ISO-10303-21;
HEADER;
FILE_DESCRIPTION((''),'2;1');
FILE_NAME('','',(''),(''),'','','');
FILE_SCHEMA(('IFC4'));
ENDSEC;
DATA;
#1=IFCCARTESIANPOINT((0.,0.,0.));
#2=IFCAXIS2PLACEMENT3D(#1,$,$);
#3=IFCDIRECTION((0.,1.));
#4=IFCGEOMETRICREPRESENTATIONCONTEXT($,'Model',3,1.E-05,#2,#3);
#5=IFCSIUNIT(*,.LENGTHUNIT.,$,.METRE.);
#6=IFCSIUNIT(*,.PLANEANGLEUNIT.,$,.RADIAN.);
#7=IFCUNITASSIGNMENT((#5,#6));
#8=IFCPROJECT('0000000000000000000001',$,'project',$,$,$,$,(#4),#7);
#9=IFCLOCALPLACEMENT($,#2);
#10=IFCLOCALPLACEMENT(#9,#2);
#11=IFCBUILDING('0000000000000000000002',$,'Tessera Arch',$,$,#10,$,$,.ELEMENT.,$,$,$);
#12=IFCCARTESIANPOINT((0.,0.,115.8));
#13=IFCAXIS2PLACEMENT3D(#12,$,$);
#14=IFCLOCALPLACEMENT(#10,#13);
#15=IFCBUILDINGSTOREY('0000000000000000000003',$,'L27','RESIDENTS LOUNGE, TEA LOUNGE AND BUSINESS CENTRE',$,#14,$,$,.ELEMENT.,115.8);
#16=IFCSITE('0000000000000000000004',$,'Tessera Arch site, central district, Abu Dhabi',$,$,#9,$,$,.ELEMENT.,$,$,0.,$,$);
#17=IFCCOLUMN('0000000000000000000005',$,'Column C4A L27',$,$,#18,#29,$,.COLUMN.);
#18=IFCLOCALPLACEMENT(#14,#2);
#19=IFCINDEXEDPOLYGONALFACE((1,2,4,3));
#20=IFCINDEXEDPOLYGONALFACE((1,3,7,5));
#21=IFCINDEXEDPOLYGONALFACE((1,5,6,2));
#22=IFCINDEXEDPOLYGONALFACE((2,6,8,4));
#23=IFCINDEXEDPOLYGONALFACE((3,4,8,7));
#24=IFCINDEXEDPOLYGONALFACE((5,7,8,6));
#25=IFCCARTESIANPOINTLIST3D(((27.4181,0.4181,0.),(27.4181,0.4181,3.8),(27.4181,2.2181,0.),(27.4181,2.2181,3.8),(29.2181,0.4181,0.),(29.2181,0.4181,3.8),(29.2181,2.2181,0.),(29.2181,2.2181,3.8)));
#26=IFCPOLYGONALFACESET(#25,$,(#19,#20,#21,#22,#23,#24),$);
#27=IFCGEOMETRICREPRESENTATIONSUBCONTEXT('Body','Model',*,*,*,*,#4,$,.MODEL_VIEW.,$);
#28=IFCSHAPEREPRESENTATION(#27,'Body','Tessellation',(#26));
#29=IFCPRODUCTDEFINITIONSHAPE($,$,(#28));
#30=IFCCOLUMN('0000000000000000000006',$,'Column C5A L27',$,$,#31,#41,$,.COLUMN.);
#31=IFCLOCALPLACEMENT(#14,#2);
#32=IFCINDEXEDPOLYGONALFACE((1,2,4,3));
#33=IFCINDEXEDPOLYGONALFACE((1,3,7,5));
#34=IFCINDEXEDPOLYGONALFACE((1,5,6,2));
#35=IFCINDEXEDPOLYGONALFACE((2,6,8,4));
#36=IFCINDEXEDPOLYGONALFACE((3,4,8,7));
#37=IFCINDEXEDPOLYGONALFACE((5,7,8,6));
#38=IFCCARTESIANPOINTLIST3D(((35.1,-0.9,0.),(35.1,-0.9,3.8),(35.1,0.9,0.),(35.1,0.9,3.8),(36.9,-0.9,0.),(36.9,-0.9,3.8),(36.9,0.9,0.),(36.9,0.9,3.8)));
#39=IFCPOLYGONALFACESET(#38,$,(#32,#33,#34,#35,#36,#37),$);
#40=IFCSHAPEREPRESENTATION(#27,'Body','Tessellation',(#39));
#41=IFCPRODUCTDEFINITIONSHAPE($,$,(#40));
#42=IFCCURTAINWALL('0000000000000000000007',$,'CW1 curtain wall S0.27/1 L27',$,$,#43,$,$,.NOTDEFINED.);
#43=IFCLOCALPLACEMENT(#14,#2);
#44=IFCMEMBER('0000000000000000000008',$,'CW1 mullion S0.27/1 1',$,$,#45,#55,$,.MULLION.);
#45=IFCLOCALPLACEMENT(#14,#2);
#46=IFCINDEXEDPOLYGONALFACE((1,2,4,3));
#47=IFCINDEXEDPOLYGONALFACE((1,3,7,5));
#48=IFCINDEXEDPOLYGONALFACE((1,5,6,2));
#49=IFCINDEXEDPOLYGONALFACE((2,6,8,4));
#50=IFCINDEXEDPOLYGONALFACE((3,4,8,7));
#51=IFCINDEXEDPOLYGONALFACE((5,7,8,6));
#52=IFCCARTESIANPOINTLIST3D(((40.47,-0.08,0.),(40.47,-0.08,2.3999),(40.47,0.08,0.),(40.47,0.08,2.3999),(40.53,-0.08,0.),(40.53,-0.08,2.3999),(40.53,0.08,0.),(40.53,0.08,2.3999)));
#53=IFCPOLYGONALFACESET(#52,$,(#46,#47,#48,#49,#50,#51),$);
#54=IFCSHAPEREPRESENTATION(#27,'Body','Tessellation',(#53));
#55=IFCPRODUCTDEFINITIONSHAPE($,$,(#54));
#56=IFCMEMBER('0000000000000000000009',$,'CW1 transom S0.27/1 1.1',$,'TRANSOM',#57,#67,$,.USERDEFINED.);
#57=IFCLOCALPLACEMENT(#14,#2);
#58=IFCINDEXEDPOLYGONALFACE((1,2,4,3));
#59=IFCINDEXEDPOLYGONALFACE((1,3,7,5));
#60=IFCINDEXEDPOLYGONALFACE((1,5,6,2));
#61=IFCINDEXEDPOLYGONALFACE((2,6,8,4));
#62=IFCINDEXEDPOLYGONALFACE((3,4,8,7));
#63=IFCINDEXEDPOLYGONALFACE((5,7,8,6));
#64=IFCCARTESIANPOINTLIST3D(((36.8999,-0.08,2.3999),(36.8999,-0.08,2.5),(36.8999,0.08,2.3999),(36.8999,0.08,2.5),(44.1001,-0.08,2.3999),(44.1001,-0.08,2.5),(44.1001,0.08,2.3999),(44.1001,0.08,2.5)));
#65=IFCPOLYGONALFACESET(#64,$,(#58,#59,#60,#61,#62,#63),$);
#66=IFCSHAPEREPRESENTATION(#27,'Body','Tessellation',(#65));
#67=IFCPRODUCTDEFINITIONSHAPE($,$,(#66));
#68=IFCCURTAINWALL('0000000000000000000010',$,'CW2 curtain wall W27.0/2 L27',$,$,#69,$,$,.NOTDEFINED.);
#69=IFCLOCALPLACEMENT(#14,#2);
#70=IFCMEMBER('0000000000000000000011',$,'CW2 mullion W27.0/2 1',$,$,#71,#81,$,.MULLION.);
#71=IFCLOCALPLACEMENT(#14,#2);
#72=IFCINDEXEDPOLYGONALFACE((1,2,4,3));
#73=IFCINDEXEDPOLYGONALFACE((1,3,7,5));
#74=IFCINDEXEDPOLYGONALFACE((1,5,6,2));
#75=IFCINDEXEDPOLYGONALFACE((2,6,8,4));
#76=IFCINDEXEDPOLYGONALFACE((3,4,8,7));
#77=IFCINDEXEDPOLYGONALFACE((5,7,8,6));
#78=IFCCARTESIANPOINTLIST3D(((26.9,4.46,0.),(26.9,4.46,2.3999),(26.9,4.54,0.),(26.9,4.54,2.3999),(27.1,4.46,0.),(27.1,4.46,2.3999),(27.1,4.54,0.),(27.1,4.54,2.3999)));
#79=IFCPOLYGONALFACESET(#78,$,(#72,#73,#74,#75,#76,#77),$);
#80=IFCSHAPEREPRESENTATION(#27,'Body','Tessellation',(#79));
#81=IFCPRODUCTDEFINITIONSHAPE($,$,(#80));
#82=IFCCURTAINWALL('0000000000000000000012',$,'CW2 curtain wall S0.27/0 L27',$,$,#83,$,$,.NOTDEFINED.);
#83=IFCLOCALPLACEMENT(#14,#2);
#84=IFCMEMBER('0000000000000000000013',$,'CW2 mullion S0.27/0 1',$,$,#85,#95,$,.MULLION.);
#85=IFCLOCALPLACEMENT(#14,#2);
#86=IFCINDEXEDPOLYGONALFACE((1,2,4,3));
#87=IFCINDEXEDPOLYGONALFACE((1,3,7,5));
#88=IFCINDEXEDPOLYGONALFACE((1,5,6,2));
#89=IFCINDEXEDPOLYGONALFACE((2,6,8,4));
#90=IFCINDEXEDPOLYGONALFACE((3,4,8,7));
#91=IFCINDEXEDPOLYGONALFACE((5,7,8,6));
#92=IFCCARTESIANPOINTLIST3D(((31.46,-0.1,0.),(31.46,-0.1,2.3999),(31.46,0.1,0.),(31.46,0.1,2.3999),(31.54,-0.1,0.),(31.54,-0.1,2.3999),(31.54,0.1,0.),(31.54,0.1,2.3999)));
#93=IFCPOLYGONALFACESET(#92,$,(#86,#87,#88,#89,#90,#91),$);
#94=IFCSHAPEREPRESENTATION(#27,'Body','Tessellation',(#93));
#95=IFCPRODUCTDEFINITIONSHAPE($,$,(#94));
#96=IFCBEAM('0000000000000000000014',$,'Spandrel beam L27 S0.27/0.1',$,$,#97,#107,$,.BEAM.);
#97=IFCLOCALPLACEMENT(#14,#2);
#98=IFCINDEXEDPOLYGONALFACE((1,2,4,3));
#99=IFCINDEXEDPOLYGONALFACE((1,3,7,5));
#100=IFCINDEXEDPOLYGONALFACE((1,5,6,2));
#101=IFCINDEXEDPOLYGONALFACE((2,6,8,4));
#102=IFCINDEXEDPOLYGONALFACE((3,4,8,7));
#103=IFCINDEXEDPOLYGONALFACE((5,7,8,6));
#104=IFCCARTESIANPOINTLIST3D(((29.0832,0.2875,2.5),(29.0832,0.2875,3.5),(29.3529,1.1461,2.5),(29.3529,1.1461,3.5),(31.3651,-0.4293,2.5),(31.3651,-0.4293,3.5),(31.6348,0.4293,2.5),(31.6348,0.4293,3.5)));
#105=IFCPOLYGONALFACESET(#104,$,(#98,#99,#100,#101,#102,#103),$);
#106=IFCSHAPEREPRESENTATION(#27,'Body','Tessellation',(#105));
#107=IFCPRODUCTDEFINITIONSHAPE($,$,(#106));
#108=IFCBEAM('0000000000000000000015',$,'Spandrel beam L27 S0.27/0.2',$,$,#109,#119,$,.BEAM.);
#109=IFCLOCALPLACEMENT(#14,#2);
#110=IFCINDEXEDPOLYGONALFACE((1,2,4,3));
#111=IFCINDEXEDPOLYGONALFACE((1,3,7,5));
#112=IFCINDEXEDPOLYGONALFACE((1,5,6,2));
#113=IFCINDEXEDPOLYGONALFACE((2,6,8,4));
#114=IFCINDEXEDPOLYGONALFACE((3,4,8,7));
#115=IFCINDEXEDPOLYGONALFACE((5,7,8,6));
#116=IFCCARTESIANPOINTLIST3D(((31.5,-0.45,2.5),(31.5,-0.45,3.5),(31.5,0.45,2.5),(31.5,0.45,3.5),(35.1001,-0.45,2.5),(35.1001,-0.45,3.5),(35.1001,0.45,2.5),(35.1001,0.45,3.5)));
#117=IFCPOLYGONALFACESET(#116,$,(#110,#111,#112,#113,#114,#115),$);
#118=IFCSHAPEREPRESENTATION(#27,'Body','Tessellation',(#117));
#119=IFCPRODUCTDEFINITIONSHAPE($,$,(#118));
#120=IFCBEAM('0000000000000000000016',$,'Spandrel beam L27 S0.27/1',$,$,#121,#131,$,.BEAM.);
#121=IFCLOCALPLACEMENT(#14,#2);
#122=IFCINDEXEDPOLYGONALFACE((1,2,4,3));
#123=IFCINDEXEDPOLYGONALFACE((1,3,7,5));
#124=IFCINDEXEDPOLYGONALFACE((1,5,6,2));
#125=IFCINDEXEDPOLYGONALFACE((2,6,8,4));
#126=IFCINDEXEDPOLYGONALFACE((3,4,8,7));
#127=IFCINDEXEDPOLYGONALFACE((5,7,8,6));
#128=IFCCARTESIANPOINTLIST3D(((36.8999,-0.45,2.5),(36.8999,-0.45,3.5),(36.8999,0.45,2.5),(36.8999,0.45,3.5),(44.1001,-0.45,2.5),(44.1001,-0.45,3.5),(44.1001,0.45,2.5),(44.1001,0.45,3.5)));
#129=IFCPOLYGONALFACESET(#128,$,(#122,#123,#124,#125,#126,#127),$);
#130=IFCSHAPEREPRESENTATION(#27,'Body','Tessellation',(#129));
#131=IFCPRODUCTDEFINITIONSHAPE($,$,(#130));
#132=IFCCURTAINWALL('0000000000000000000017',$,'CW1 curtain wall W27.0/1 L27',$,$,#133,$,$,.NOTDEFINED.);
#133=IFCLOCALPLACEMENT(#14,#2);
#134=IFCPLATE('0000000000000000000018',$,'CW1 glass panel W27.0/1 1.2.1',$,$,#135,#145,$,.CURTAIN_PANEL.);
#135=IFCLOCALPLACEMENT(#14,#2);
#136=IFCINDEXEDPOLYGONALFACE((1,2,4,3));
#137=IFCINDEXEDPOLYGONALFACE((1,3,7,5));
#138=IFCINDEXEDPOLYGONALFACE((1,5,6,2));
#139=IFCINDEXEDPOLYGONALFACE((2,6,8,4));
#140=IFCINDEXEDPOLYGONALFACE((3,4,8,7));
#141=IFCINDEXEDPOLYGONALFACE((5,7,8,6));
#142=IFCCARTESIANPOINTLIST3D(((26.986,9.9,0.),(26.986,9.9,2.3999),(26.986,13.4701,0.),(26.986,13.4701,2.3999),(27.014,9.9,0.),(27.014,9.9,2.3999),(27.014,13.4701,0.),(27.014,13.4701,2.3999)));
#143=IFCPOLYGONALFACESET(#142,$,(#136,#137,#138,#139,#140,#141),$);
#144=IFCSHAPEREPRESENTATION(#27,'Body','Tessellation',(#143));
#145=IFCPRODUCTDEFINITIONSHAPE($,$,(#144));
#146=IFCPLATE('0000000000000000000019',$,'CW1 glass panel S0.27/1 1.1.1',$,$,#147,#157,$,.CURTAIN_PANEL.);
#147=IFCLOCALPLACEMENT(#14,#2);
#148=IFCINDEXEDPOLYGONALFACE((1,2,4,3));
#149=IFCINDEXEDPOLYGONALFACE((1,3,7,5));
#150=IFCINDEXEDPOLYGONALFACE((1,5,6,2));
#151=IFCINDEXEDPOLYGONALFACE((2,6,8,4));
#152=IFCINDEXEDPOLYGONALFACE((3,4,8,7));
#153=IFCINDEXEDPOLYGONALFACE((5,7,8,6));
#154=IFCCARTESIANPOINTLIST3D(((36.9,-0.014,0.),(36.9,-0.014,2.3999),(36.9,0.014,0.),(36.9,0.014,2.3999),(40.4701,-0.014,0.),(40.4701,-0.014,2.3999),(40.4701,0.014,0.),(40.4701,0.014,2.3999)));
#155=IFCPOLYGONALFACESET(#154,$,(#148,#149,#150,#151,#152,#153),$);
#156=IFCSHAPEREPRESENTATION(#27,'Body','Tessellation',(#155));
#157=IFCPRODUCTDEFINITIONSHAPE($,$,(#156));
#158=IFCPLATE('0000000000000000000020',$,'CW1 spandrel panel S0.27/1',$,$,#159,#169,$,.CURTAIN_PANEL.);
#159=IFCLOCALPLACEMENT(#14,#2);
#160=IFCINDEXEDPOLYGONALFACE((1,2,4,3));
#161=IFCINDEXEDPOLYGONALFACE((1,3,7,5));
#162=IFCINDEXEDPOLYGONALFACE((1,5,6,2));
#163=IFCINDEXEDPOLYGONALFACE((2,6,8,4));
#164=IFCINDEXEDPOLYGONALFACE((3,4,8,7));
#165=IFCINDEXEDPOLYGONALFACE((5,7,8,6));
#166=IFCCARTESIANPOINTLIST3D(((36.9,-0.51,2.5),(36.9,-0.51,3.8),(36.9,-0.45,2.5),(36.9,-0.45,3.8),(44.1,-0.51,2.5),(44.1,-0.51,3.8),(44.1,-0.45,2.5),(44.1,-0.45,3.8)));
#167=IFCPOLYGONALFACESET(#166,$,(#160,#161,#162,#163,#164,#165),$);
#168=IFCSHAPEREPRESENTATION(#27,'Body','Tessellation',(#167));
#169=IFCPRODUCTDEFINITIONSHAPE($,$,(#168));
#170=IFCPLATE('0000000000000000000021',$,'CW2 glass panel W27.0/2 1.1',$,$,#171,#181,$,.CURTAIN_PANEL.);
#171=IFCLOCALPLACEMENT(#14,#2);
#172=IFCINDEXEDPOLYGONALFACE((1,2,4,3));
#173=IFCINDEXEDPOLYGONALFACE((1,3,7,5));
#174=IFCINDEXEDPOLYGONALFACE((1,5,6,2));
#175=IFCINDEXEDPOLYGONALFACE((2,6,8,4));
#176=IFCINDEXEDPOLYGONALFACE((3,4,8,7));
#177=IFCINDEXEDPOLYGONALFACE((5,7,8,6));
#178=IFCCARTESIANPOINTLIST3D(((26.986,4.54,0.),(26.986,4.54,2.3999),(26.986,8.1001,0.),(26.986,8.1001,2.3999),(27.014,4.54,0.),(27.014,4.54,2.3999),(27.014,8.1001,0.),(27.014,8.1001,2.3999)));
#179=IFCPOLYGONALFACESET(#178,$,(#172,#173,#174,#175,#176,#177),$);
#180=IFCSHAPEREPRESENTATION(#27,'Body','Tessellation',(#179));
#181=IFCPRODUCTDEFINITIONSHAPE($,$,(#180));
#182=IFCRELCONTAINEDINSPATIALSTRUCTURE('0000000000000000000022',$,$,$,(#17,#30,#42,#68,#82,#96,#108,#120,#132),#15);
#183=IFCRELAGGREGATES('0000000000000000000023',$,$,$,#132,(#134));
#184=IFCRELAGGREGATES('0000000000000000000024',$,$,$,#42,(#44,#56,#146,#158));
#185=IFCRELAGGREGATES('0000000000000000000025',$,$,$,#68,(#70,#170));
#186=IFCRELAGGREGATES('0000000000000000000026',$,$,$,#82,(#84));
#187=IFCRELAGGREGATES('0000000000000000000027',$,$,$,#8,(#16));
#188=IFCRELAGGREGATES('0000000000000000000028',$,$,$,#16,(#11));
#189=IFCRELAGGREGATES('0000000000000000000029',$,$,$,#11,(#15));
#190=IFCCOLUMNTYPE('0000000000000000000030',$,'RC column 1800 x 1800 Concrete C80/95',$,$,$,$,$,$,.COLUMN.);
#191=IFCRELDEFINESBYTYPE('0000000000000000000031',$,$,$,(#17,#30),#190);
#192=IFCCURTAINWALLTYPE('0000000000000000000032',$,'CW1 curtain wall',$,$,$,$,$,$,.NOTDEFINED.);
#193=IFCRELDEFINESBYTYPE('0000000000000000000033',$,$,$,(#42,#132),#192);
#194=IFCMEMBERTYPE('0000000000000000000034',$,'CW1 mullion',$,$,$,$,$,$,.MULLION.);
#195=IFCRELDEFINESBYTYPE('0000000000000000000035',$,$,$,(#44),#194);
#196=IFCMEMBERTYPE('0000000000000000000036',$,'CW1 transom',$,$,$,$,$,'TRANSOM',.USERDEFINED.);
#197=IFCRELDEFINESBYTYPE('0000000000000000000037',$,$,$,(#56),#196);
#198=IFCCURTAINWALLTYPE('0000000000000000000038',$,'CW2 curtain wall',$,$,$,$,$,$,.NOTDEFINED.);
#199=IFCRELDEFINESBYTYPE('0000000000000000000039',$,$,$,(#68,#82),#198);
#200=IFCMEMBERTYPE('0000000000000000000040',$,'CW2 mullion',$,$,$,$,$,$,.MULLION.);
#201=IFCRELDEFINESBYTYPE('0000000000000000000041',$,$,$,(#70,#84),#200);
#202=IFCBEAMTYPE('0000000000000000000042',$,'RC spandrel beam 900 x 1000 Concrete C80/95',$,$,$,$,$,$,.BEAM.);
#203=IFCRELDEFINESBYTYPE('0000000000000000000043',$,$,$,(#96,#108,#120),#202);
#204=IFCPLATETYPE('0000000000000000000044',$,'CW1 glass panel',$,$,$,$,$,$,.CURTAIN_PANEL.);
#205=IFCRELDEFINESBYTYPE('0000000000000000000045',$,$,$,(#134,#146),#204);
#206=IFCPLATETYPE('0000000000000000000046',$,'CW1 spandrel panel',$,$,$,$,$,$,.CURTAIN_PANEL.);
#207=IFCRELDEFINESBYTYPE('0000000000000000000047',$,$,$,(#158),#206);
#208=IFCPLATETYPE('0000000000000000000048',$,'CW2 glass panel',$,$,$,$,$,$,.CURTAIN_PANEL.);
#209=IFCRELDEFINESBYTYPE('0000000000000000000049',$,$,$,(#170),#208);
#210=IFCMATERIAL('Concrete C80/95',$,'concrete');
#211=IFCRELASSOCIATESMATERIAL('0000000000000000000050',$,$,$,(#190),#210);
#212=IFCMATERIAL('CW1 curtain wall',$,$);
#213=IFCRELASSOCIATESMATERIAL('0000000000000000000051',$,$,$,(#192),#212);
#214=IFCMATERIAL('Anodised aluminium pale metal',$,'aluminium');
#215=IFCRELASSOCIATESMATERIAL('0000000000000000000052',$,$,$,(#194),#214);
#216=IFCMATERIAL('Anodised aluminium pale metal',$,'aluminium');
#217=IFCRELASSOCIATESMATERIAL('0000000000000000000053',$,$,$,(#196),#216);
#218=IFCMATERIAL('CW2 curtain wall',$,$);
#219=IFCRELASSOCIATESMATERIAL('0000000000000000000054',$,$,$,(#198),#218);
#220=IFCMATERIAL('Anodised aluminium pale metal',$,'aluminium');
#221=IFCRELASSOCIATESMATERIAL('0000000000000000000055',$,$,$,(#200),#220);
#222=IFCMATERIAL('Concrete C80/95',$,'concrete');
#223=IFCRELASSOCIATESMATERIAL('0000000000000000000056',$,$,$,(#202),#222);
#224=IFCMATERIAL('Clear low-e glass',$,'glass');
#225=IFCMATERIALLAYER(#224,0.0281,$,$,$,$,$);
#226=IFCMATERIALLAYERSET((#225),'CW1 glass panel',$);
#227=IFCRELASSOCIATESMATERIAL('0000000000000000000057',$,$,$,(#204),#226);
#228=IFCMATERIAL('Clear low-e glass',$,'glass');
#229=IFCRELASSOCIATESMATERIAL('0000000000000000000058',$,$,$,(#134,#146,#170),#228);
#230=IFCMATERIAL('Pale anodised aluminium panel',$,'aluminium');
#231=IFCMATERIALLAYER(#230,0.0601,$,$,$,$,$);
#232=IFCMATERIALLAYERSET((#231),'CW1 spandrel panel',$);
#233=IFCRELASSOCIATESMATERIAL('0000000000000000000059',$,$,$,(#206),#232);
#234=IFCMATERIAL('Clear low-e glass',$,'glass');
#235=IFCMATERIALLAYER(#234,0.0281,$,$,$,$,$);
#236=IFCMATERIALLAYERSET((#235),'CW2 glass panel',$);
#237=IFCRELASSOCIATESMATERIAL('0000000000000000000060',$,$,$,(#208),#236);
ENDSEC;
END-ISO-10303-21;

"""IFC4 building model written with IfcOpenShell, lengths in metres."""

from ifc_helpers import new_model, si_unit, direction, frame, origin, origin_2d, place, context, subcontext, project, spatial, rectangle, extrude, material, layer, layer_set, material_profile, profile_set, type_object, element, aggregate, save


model = new_model("IFC4")

# Units and contexts
model_context = context("Model", 3, precision=1e-05, world=origin(), true_north=direction((0.0, 1.0)))
body_context = subcontext(model_context, "Body", "Model", "MODEL_VIEW")
ifc_project = project(units=[si_unit("LENGTHUNIT", "METRE"), si_unit("PLANEANGLEUNIT", "RADIAN")], contexts=[model_context])

# Site, building, storey
site_placement = place(None, origin())
site = spatial("IfcSite", under=ifc_project, at=site_placement, Name="Tessera Arch site, central district, Abu Dhabi", CompositionType="ELEMENT", RefElevation=0.0)
building_placement = place(site_placement, origin())
building = spatial("IfcBuilding", under=site, at=building_placement, Name="Tessera Arch", CompositionType="ELEMENT")
storey_placement = place(building_placement, frame((0.0, 0.0, 115.8)))
storey = spatial("IfcBuildingStorey", under=building, at=storey_placement, Name="L27", Description="RESIDENTS LOUNGE, TEA LOUNGE AND BUSINESS CENTRE", CompositionType="ELEMENT", Elevation=115.8)

# Columns
ifc_material_1 = material(Name="Concrete C80/95", Category="concrete")
ifc_material_profile_1 = material_profile(ifc_material_1, rectangle(XDim=1.8, YDim=1.8, at=origin_2d()), Name="RC column 1800 x 1800 Concrete C80/95")
ifc_profile_set_1 = profile_set([ifc_material_profile_1], Name="Concrete C80/95")
column_type = type_object("IfcColumnType", Name="RC column 1800 x 1800 Concrete C80/95", PredefinedType="COLUMN", material=ifc_profile_set_1)
for number, where, z_axis, x_axis, name in (
    (1, (28.3181, 1.3181, 0.0), (0.0, 0.0, 1.0), (1.0, 0.0, 0.0), "Column C4A L27"),
    (2, (36.0, 0.0, 0.0), (0.0, 0.0, 1.0), (1.0, 0.0, 0.0), "Column C5A L27"),
):
    element("IfcColumn", number, at=place(storey_placement, frame(where, z_axis=z_axis, x_axis=x_axis)), inside=storey, type_object=column_type, Name=name, PredefinedType="COLUMN", context=body_context, shape_type="SweptSolid", body=[
        extrude(rectangle(XDim=1.8, YDim=1.8, at=origin_2d()), origin(), (0.0, 0.0, 1.0), 3.8),
    ])

# Curtain wall, members
ifc_material_2 = material(Name="CW1 curtain wall")
curtain_wall_type_1 = type_object("IfcCurtainWallType", Name="CW1 curtain wall", PredefinedType="NOTDEFINED", material=ifc_material_2)
curtain_wall_1_placement = place(storey_placement, origin())
curtain_wall_1 = element("IfcCurtainWall", 3, at=curtain_wall_1_placement, inside=storey, type_object=curtain_wall_type_1, Name="CW1 curtain wall S0.27/1 L27", PredefinedType="NOTDEFINED")
ifc_material_3 = material(Name="Anodised aluminium pale metal", Category="aluminium")
ifc_material_profile_2 = material_profile(ifc_material_3, rectangle(XDim=0.1599, YDim=0.0601, at=origin_2d()), Name="AL 60x160")
ifc_profile_set_2 = profile_set([ifc_material_profile_2], Name="Anodised aluminium pale metal")
member_type_1 = type_object("IfcMemberType", Name="CW1 mullion", PredefinedType="MULLION", material=ifc_profile_set_2)
member_1_placement = place(storey_placement, frame((40.5, 0.0, 0.0), z_axis=(0.0, 0.0, 1.0), x_axis=(0.0, 1.0, 0.0)))
member_1 = element("IfcMember", 4, at=member_1_placement, type_object=member_type_1, Name="CW1 mullion S0.27/1 1", PredefinedType="MULLION", context=body_context, shape_type="SweptSolid", body=[
    extrude(rectangle(XDim=0.1599, YDim=0.0601, at=origin_2d()), origin(), (0.0, 0.0, 1.0), 2.3999),
])
ifc_material_4 = material(Name="Anodised aluminium pale metal", Category="aluminium")
ifc_material_profile_3 = material_profile(ifc_material_4, rectangle(XDim=0.1599, YDim=0.1001, at=origin_2d()), Name="AL 160x100")
ifc_profile_set_3 = profile_set([ifc_material_profile_3], Name="Anodised aluminium pale metal")
member_type_2 = type_object("IfcMemberType", Name="CW1 transom", ElementType="TRANSOM", PredefinedType="USERDEFINED", material=ifc_profile_set_3)
member_2_placement = place(storey_placement, frame((36.8999, 0.0, 2.45), z_axis=(1.0, 0.0, 0.0), x_axis=(0.0, 1.0, 0.0)))
member_2 = element("IfcMember", 5, at=member_2_placement, type_object=member_type_2, Name="CW1 transom S0.27/1 1.1", ObjectType="TRANSOM", PredefinedType="USERDEFINED", context=body_context, shape_type="SweptSolid", body=[
    extrude(rectangle(XDim=0.1599, YDim=0.1001, at=origin_2d()), origin(), (0.0, 0.0, 1.0), 7.2002),
])

# Curtain walls, members
ifc_material_5 = material(Name="CW2 curtain wall")
curtain_wall_type_2 = type_object("IfcCurtainWallType", Name="CW2 curtain wall", PredefinedType="NOTDEFINED", material=ifc_material_5)
curtain_wall_2_placement = place(storey_placement, origin())
curtain_wall_2 = element("IfcCurtainWall", 6, at=curtain_wall_2_placement, inside=storey, type_object=curtain_wall_type_2, Name="CW2 curtain wall W27.0/2 L27", PredefinedType="NOTDEFINED")
ifc_material_6 = material(Name="Anodised aluminium pale metal", Category="aluminium")
ifc_material_profile_4 = material_profile(ifc_material_6, rectangle(XDim=0.2, YDim=0.0801, at=origin_2d()), Name="AL 80x200")
ifc_profile_set_4 = profile_set([ifc_material_profile_4], Name="Anodised aluminium pale metal")
member_type_3 = type_object("IfcMemberType", Name="CW2 mullion", PredefinedType="MULLION", material=ifc_profile_set_4)
member_3_placement = place(storey_placement, frame((27.0, 4.5, 0.0), z_axis=(0.0, 0.0, 1.0), x_axis=(1.0, 0.0, 0.0)))
member_3 = element("IfcMember", 7, at=member_3_placement, type_object=member_type_3, Name="CW2 mullion W27.0/2 1", PredefinedType="MULLION", context=body_context, shape_type="SweptSolid", body=[
    extrude(rectangle(XDim=0.2, YDim=0.0801, at=origin_2d()), origin(), (0.0, 0.0, 1.0), 2.3999),
])
curtain_wall_3_placement = place(storey_placement, origin())
curtain_wall_3 = element("IfcCurtainWall", 8, at=curtain_wall_3_placement, inside=storey, type_object=curtain_wall_type_2, Name="CW2 curtain wall S0.27/0 L27", PredefinedType="NOTDEFINED")
member_4_placement = place(storey_placement, frame((31.5, 0.0, 0.0), z_axis=(0.0, 0.0, 1.0), x_axis=(0.0, 1.0, 0.0)))
member_4 = element("IfcMember", 9, at=member_4_placement, type_object=member_type_3, Name="CW2 mullion S0.27/0 1", PredefinedType="MULLION", context=body_context, shape_type="SweptSolid", body=[
    extrude(rectangle(XDim=0.2, YDim=0.0801, at=origin_2d()), origin(), (0.0, 0.0, 1.0), 2.3999),
])

# Beams
ifc_material_7 = material(Name="Concrete C80/95", Category="concrete")
ifc_material_profile_5 = material_profile(ifc_material_7, rectangle(XDim=0.8999, YDim=1.0, at=origin_2d()), Name="RC spandrel beam 900 x 1000 Concrete C80/95")
ifc_profile_set_5 = profile_set([ifc_material_profile_5], Name="Concrete C80/95")
beam_type = type_object("IfcBeamType", Name="RC spandrel beam 900 x 1000 Concrete C80/95", PredefinedType="BEAM", material=ifc_profile_set_5)
beam_1_placement = place(storey_placement, frame((29.218, 0.7168, 3.0), z_axis=(0.954041, -0.299675, 0.0), x_axis=(0.299675, 0.954041, 0.0)))
element("IfcBeam", 10, at=beam_1_placement, inside=storey, type_object=beam_type, Name="Spandrel beam L27 S0.27/0.1", PredefinedType="BEAM", context=body_context, shape_type="SweptSolid", body=[
    extrude(rectangle(XDim=0.8999, YDim=1.0, at=origin_2d()), origin(), (0.0, 0.0, 1.0), 2.3918),
])
beam_2_placement = place(storey_placement, frame((31.5, 0.0, 3.0), z_axis=(1.0, 0.0, 0.0), x_axis=(0.0, 1.0, 0.0)))
element("IfcBeam", 11, at=beam_2_placement, inside=storey, type_object=beam_type, Name="Spandrel beam L27 S0.27/0.2", PredefinedType="BEAM", context=body_context, shape_type="SweptSolid", body=[
    extrude(rectangle(XDim=0.8999, YDim=1.0, at=origin_2d()), origin(), (0.0, 0.0, 1.0), 3.6001),
])
beam_3_placement = place(storey_placement, frame((36.8999, 0.0, 3.0), z_axis=(1.0, 0.0, 0.0), x_axis=(0.0, 1.0, 0.0)))
element("IfcBeam", 12, at=beam_3_placement, inside=storey, type_object=beam_type, Name="Spandrel beam L27 S0.27/1", PredefinedType="BEAM", context=body_context, shape_type="SweptSolid", body=[
    extrude(rectangle(XDim=0.8999, YDim=1.0, at=origin_2d()), origin(), (0.0, 0.0, 1.0), 7.2002),
])

# Curtain wall, plate
curtain_wall_4_placement = place(storey_placement, origin())
curtain_wall_4 = element("IfcCurtainWall", 13, at=curtain_wall_4_placement, inside=storey, type_object=curtain_wall_type_1, Name="CW1 curtain wall W27.0/1 L27", PredefinedType="NOTDEFINED")
ifc_material_8 = material(Name="Clear low-e glass", Category="glass")
ifc_material_9 = material(Name="Clear low-e glass", Category="glass")
ifc_layer_1 = layer(ifc_material_9, 0.0281)
ifc_layer_set_1 = layer_set([ifc_layer_1], Name="CW1 glass panel")
plate_type_1 = type_object("IfcPlateType", Name="CW1 glass panel", PredefinedType="CURTAIN_PANEL", material=ifc_layer_set_1)
plate_1_placement = place(storey_placement, frame((27.0, 11.6851, 0.0), z_axis=(0.0, 0.0, 1.0), x_axis=(0.0, -1.0, 0.0)))
plate_1 = element("IfcPlate", 14, at=plate_1_placement, type_object=plate_type_1, material=ifc_material_8, Name="CW1 glass panel W27.0/1 1.2.1", PredefinedType="CURTAIN_PANEL", context=body_context, shape_type="SweptSolid", body=[
    extrude(rectangle(XDim=3.5701, YDim=0.0281, at=origin_2d()), origin(), (0.0, 0.0, 1.0), 2.3999),
])
aggregate(curtain_wall_4, [plate_1])

# Plates
plate_2_placement = place(storey_placement, frame((38.6851, 0.0, 0.0), z_axis=(0.0, 0.0, 1.0), x_axis=(1.0, 0.0, 0.0)))
plate_2 = element("IfcPlate", 15, at=plate_2_placement, type_object=plate_type_1, material=ifc_material_8, Name="CW1 glass panel S0.27/1 1.1.1", PredefinedType="CURTAIN_PANEL", context=body_context, shape_type="SweptSolid", body=[
    extrude(rectangle(XDim=3.5701, YDim=0.0281, at=origin_2d()), origin(), (0.0, 0.0, 1.0), 2.3999),
])
ifc_material_10 = material(Name="Pale anodised aluminium panel", Category="aluminium")
ifc_layer_2 = layer(ifc_material_10, 0.0601)
ifc_layer_set_2 = layer_set([ifc_layer_2], Name="CW1 spandrel panel")
plate_type_2 = type_object("IfcPlateType", Name="CW1 spandrel panel", PredefinedType="CURTAIN_PANEL", material=ifc_layer_set_2)
plate_3_placement = place(storey_placement, frame((40.5, -0.48, 2.5), z_axis=(0.0, 0.0, 1.0), x_axis=(1.0, 0.0, 0.0)))
plate_3 = element("IfcPlate", 16, at=plate_3_placement, type_object=plate_type_2, Name="CW1 spandrel panel S0.27/1", PredefinedType="CURTAIN_PANEL", context=body_context, shape_type="SweptSolid", body=[
    extrude(rectangle(XDim=7.2, YDim=0.0601, at=origin_2d()), origin(), (0.0, 0.0, 1.0), 1.3),
])
aggregate(curtain_wall_1, [member_1, member_2, plate_2, plate_3])
ifc_material_11 = material(Name="Clear low-e glass", Category="glass")
ifc_layer_3 = layer(ifc_material_11, 0.0281)
ifc_layer_set_3 = layer_set([ifc_layer_3], Name="CW2 glass panel")
plate_type_3 = type_object("IfcPlateType", Name="CW2 glass panel", PredefinedType="CURTAIN_PANEL", material=ifc_layer_set_3)
plate_4_placement = place(storey_placement, frame((27.0, 6.3201, 0.0), z_axis=(0.0, 0.0, 1.0), x_axis=(0.0, -1.0, 0.0)))
plate_4 = element("IfcPlate", 17, at=plate_4_placement, type_object=plate_type_3, material=ifc_material_8, Name="CW2 glass panel W27.0/2 1.1", PredefinedType="CURTAIN_PANEL", context=body_context, shape_type="SweptSolid", body=[
    extrude(rectangle(XDim=3.5601, YDim=0.0281, at=origin_2d()), origin(), (0.0, 0.0, 1.0), 2.3999),
])
aggregate(curtain_wall_2, [member_3, plate_4])
aggregate(curtain_wall_3, [member_4])

save(model, "model.ifc")
